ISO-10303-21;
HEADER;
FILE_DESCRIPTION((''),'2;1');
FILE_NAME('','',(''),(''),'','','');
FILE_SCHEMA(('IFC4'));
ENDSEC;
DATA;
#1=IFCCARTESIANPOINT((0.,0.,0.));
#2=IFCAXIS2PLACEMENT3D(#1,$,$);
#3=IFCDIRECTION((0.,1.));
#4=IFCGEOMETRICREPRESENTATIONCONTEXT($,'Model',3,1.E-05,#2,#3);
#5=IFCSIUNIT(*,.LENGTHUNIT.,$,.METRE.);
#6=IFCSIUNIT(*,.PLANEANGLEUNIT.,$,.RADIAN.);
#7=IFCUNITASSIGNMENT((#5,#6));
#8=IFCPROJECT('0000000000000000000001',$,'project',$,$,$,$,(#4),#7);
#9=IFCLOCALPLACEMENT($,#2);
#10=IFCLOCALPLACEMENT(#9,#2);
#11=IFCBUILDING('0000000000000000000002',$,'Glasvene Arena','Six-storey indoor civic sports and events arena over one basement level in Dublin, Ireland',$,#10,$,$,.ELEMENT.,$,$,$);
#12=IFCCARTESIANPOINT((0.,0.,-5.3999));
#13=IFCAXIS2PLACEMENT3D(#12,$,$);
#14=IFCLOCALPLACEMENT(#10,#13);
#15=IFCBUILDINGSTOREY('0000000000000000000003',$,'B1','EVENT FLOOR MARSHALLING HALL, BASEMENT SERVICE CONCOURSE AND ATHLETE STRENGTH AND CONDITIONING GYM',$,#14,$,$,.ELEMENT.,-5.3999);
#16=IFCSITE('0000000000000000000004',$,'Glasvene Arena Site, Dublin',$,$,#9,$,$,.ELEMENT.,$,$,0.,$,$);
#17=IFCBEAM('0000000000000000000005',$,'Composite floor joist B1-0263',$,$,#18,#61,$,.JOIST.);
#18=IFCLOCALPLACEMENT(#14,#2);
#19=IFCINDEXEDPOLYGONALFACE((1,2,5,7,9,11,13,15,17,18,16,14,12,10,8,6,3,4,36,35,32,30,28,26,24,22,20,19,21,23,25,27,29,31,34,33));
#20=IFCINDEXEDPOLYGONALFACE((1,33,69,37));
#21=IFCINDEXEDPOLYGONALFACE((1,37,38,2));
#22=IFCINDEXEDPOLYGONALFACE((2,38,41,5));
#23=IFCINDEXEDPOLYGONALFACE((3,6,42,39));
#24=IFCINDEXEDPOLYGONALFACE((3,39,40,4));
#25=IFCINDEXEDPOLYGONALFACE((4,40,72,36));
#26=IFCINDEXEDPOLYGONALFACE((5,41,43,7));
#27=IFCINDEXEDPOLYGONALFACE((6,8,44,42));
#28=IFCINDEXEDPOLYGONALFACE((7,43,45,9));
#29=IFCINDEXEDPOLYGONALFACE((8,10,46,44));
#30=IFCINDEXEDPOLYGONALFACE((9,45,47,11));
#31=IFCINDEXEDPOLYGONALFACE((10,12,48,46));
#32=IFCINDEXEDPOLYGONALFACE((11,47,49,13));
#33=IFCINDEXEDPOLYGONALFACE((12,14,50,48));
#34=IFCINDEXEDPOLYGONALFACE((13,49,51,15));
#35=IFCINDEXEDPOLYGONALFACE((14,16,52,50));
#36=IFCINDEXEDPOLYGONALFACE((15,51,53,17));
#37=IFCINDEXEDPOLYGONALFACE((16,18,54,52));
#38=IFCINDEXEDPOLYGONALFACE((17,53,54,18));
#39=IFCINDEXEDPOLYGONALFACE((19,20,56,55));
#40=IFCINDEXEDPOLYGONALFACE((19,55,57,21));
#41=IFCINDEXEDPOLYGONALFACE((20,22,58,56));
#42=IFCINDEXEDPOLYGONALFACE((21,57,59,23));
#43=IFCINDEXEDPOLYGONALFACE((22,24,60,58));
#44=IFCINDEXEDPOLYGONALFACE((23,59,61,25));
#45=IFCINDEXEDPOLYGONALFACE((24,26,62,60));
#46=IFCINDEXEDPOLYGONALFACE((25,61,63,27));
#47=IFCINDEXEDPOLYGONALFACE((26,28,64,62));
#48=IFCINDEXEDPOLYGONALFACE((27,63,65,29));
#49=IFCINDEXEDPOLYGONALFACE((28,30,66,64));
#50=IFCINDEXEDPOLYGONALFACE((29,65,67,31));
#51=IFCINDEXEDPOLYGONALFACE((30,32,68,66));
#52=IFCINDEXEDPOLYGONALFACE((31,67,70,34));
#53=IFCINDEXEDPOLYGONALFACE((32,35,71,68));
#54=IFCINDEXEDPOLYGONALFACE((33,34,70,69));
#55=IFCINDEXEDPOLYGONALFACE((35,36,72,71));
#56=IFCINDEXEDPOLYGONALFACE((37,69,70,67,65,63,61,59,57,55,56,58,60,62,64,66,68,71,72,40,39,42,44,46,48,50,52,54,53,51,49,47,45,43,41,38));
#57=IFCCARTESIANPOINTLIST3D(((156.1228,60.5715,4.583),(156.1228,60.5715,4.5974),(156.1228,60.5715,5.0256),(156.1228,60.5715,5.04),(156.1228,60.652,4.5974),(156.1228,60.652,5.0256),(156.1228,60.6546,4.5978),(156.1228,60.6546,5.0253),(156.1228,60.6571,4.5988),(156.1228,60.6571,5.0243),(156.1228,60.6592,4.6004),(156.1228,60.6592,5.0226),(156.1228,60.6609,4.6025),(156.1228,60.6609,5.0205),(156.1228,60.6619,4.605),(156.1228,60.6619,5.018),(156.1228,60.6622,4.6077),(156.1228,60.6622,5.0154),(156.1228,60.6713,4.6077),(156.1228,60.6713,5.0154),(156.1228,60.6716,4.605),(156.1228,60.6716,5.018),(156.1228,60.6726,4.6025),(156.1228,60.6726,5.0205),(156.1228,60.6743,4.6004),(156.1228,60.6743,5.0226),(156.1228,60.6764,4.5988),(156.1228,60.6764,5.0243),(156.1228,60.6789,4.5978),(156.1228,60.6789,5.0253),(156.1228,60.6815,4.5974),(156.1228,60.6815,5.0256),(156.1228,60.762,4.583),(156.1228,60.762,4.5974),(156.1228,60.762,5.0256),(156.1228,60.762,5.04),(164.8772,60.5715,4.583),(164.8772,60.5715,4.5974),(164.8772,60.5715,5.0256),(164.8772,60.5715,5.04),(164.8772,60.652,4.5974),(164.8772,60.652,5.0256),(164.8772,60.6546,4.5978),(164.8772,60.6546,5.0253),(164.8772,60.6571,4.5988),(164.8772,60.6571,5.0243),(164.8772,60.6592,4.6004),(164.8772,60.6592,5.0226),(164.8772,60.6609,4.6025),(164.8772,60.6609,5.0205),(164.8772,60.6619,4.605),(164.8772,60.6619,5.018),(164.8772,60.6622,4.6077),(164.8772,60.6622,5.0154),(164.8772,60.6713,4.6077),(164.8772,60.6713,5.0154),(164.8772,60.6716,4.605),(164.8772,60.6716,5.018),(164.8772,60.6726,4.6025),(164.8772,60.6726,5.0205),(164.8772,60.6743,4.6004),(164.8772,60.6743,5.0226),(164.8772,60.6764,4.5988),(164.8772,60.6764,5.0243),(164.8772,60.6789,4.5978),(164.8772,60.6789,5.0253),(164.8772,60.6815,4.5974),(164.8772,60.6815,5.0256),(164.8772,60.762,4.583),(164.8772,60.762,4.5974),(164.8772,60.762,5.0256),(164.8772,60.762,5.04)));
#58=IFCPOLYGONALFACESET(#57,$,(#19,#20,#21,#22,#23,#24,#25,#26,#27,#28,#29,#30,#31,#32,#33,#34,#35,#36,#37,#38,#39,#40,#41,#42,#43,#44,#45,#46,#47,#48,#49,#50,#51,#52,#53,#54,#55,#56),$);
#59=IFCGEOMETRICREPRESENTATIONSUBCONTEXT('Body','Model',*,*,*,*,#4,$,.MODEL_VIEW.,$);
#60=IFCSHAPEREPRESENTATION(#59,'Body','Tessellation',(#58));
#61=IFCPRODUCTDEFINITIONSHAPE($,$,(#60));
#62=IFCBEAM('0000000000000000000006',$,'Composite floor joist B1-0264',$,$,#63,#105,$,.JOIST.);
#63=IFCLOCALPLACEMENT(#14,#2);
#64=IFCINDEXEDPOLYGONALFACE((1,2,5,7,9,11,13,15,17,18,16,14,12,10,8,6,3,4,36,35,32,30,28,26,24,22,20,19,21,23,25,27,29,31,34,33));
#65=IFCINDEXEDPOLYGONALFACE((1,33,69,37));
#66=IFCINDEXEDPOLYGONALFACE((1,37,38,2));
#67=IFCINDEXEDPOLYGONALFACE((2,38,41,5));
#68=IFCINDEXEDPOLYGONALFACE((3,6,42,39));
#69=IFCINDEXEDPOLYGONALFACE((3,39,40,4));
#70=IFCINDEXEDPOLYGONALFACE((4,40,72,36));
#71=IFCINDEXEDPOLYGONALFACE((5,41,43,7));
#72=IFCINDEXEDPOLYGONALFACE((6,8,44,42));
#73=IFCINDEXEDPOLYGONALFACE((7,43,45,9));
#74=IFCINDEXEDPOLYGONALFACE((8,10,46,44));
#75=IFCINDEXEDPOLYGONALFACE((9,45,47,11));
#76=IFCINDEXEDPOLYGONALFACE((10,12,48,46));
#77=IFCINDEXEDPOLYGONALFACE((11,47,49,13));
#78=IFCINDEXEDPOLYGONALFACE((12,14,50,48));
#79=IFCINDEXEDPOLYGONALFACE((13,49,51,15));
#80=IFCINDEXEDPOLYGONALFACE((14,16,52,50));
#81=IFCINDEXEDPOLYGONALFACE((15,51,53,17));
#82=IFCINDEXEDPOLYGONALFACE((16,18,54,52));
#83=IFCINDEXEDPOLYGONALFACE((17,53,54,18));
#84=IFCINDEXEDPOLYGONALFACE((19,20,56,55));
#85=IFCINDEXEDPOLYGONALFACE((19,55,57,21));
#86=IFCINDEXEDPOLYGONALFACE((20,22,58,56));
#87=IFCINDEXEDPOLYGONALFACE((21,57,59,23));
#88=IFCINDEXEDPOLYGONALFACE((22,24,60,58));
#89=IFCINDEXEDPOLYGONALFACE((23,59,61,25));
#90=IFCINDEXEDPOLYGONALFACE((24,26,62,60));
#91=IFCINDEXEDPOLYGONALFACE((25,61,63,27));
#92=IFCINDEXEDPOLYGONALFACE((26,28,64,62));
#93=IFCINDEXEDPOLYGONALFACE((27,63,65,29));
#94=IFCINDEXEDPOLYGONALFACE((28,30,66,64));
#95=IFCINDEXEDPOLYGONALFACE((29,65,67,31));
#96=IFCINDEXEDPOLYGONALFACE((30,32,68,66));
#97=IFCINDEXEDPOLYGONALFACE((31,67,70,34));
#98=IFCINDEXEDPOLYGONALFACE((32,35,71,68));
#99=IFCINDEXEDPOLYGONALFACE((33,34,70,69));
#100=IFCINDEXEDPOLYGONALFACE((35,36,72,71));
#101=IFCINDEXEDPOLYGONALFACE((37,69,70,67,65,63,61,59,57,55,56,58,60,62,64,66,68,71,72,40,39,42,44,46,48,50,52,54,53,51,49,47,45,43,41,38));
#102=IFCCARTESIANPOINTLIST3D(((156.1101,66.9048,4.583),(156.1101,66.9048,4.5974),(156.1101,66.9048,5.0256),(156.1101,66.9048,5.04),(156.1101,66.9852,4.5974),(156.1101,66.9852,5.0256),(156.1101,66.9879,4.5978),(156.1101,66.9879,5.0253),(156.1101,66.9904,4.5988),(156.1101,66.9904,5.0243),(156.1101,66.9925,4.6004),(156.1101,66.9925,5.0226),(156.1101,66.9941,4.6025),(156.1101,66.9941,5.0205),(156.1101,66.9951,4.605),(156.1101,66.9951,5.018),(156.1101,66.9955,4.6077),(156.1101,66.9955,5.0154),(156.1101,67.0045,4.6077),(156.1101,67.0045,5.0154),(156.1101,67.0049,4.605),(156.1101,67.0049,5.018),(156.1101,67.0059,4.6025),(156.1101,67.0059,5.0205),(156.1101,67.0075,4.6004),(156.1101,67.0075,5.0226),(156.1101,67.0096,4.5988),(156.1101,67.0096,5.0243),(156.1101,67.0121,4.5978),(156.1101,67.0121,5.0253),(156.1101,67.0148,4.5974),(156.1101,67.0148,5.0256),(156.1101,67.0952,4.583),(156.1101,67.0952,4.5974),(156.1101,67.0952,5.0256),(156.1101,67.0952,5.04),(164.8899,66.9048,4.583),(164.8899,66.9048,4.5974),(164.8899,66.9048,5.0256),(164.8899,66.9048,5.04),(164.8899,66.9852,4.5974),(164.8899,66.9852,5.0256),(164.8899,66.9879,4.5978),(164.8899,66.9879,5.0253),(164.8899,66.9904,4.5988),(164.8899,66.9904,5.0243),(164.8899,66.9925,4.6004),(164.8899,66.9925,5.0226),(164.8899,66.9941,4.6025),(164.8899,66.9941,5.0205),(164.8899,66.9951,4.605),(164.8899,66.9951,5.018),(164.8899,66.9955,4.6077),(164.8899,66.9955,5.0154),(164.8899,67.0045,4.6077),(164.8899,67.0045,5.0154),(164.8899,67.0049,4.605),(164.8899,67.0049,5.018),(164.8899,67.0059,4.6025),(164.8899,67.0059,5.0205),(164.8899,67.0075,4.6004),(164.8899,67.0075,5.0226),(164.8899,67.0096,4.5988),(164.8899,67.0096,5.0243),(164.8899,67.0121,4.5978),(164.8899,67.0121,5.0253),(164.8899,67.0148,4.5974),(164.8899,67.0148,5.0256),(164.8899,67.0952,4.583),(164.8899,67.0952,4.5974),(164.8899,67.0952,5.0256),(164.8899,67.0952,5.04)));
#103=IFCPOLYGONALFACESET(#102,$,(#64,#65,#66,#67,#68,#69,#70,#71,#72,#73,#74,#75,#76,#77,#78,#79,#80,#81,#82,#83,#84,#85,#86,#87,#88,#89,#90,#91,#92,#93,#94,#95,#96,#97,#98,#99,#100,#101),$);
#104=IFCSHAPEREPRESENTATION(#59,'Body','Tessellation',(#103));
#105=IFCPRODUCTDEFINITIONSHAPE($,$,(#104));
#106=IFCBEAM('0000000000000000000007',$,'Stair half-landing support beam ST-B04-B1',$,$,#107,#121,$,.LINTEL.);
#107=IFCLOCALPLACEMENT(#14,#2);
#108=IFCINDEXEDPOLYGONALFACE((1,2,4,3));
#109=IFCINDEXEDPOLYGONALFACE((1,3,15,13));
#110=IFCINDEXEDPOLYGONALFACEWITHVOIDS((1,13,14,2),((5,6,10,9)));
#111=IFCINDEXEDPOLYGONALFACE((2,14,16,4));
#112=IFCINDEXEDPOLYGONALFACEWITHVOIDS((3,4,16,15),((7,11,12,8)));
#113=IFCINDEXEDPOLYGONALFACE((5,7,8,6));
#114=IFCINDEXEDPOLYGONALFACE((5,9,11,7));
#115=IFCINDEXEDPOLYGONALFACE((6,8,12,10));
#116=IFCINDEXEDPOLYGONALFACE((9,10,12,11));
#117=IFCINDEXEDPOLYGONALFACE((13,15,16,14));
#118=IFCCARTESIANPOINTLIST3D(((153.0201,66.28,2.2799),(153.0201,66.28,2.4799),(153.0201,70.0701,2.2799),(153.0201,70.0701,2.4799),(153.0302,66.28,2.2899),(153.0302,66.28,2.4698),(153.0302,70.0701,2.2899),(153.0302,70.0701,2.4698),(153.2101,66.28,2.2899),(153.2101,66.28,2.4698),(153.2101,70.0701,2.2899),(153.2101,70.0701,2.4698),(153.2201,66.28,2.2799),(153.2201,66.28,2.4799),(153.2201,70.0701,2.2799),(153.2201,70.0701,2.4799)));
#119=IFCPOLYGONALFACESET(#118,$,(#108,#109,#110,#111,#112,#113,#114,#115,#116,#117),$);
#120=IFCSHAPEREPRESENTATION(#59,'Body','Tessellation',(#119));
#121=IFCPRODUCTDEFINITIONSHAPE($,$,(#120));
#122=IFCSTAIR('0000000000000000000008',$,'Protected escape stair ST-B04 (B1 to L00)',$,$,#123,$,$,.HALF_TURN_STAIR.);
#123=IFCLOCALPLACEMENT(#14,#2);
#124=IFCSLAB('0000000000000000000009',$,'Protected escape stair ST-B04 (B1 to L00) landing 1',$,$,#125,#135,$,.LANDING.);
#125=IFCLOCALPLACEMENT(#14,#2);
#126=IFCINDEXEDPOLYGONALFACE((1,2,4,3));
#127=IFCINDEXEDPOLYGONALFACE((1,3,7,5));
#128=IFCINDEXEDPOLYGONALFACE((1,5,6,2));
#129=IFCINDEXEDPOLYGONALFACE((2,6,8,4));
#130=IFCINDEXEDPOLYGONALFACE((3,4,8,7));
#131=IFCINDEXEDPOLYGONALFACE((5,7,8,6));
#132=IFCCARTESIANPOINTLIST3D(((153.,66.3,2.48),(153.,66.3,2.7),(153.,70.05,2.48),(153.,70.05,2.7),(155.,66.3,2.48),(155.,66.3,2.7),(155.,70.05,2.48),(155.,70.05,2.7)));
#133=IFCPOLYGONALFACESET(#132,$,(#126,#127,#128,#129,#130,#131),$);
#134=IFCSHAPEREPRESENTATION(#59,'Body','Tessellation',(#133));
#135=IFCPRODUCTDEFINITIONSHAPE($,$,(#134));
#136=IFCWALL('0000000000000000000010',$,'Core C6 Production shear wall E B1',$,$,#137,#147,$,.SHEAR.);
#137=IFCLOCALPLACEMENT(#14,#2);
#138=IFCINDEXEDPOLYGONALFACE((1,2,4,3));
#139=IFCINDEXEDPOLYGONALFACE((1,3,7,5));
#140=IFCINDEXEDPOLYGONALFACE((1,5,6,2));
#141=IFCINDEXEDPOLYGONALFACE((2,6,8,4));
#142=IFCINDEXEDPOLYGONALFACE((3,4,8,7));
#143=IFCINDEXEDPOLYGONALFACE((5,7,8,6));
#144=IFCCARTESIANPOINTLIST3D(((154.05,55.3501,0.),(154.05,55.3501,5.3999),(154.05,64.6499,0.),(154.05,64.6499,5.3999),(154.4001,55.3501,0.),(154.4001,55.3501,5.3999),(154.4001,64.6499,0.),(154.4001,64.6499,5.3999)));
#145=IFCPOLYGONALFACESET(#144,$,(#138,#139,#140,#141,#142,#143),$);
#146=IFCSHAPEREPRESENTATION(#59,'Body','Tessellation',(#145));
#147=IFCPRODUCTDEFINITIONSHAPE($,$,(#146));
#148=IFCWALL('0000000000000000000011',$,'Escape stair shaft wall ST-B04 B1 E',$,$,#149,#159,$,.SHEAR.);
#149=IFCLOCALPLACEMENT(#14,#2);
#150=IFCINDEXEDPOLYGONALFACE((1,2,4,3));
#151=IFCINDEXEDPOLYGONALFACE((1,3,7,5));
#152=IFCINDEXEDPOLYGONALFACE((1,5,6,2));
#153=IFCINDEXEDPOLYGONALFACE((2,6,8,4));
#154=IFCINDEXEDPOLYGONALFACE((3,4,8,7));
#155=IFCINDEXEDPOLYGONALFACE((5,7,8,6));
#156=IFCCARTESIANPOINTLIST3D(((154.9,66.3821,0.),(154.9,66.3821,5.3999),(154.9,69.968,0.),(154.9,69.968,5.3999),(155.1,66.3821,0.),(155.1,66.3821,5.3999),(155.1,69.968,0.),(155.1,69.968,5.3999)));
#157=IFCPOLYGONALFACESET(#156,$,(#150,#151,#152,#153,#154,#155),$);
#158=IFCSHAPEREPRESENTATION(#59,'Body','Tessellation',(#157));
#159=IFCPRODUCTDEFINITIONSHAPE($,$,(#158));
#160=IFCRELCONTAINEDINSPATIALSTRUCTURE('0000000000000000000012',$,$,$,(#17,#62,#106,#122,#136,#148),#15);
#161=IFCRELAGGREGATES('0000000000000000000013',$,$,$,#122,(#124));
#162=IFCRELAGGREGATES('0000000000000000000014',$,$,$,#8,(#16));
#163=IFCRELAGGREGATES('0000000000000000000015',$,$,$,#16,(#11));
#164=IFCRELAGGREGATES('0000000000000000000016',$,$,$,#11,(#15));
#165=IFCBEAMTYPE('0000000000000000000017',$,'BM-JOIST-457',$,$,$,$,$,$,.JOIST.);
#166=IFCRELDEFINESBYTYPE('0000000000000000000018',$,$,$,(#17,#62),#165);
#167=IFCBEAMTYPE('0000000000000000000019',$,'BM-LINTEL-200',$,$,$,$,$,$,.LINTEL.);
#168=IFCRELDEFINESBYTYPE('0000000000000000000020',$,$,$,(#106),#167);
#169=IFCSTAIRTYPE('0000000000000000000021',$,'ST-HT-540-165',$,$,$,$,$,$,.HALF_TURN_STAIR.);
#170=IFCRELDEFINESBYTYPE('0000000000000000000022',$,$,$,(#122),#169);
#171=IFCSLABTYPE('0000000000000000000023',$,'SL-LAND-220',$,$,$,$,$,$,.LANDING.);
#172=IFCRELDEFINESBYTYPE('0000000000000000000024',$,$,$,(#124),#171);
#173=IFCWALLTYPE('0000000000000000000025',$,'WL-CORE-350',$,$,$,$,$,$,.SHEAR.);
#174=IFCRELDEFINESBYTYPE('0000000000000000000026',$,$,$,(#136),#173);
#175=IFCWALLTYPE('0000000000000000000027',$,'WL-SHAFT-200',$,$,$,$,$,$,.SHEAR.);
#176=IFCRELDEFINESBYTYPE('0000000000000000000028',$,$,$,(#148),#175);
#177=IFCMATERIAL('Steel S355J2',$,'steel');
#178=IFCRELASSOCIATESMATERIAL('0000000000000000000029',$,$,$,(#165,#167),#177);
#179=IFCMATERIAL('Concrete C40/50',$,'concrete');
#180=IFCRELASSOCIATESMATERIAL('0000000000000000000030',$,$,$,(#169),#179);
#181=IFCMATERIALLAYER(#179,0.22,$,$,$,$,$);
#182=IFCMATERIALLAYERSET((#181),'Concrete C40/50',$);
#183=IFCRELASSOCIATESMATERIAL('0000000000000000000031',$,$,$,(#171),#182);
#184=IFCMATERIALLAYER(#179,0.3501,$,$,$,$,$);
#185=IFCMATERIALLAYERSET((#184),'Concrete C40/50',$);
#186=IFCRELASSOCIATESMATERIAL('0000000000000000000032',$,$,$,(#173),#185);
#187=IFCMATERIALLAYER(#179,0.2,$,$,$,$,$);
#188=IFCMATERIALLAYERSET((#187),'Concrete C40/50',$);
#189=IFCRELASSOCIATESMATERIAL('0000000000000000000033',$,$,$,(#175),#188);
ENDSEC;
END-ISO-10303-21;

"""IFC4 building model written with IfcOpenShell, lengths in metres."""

from ifc_helpers import new_model, si_unit, direction, frame, frame_2d, origin, origin_2d, place, context, subcontext, project, spatial, polyline, rectangle, hollow_rectangle, i_section, outline, extrude, material, layer, layer_set, material_profile, profile_set, type_object, element, aggregate, save


model = new_model("IFC4")

# Units and contexts
model_context = context("Model", 3, precision=1e-05, world=origin(), true_north=direction((0.0, 1.0)))
body_context = subcontext(model_context, "Body", "Model", "MODEL_VIEW")
ifc_project = project(units=[si_unit("LENGTHUNIT", "METRE"), si_unit("PLANEANGLEUNIT", "RADIAN")], contexts=[model_context])

# Site, building, storey
site_placement = place(None, origin())
site = spatial("IfcSite", under=ifc_project, at=site_placement, Name="Glasvene Arena Site, Dublin", CompositionType="ELEMENT", RefElevation=0.0)
building_placement = place(site_placement, origin())
building = spatial("IfcBuilding", under=site, at=building_placement, Name="Glasvene Arena", Description="Six-storey indoor civic sports and events arena over one basement level in Dublin, Ireland", CompositionType="ELEMENT")
storey_placement = place(building_placement, frame((0.0, 0.0, -5.3999)))
storey = spatial("IfcBuildingStorey", under=building, at=storey_placement, Name="B1", Description="EVENT FLOOR MARSHALLING HALL, BASEMENT SERVICE CONCOURSE AND ATHLETE STRENGTH AND CONDITIONING GYM", CompositionType="ELEMENT", Elevation=-5.3999)

# Shared definitions
ifc_material_1 = material(Name="Concrete C40/50", Category="concrete")

# Shared definitions
ifc_material_2 = material(Name="Steel S355J2", Category="steel")

# Beams
ifc_material_profile_1 = material_profile(ifc_material_2, i_section(OverallWidth=0.1904, OverallDepth=0.457, WebThickness=0.009, FlangeThickness=0.0144, FilletRadius=0.0103, at=origin_2d()), Name="UKB 457x191x74")
ifc_profile_set_1 = profile_set([ifc_material_profile_1], Name="Steel S355J2")
beam_type_1 = type_object("IfcBeamType", Name="BM-JOIST-457", PredefinedType="JOIST", material=ifc_profile_set_1)
for number, where, z_axis, x_axis, name in (
    (1, (156.1228, 60.6667, 4.8115), (1.0, 0.0, 0.0), (0.0, 1.0, 0.0), "Composite floor joist B1-0263"),
):
    element("IfcBeam", number, at=place(storey_placement, frame(where, z_axis=z_axis, x_axis=x_axis)), inside=storey, type_object=beam_type_1, Name=name, PredefinedType="JOIST", context=body_context, shape_type="SweptSolid", body=[
        extrude(i_section(OverallWidth=0.1904, OverallDepth=0.457, WebThickness=0.009, FlangeThickness=0.0144, FilletRadius=0.0103, at=origin_2d()), origin(), (0.0, 0.0, 1.0), 8.7544),
    ])
beam_1_placement = place(storey_placement, frame((156.1101, 67.0, 4.8115), z_axis=(1.0, 0.0, 0.0), x_axis=(0.0, 1.0, 0.0)))
element("IfcBeam", 2, at=beam_1_placement, inside=storey, type_object=beam_type_1, Name="Composite floor joist B1-0264", PredefinedType="JOIST", context=body_context, shape_type="SweptSolid", body=[
    extrude(i_section(OverallWidth=0.1904, OverallDepth=0.457, WebThickness=0.009, FlangeThickness=0.0144, FilletRadius=0.0103, at=origin_2d()), origin(), (0.0, 0.0, 1.0), 8.7798),
])
ifc_material_profile_2 = material_profile(ifc_material_2, hollow_rectangle(XDim=0.2, YDim=0.2, WallThickness=0.01, at=origin_2d()), Name="SHS 200x200x10.0")
ifc_profile_set_2 = profile_set([ifc_material_profile_2], Name="Steel S355J2")
beam_type_2 = type_object("IfcBeamType", Name="BM-LINTEL-200", PredefinedType="LINTEL", material=ifc_profile_set_2)
beam_2_placement = place(storey_placement, frame((153.1201, 66.28, 2.3799), z_axis=(0.0, 1.0, 0.0), x_axis=(-1.0, 0.0, 0.0)))
element("IfcBeam", 3, at=beam_2_placement, inside=storey, type_object=beam_type_2, Name="Stair half-landing support beam ST-B04-B1", PredefinedType="LINTEL", context=body_context, shape_type="SweptSolid", body=[
    extrude(hollow_rectangle(XDim=0.2, YDim=0.2, WallThickness=0.01, at=origin_2d()), origin(), (0.0, 0.0, 1.0), 3.79),
])

# Stair, slab
stair_type = type_object("IfcStairType", Name="ST-HT-540-165", PredefinedType="HALF_TURN_STAIR", material=ifc_material_1)
stair_placement = place(storey_placement, origin())
stair = element("IfcStair", 4, at=stair_placement, inside=storey, type_object=stair_type, Name="Protected escape stair ST-B04 (B1 to L00)", PredefinedType="HALF_TURN_STAIR")
ifc_layer_1 = layer(ifc_material_1, 0.22)
ifc_layer_set_1 = layer_set([ifc_layer_1], Name="Concrete C40/50")
slab_type = type_object("IfcSlabType", Name="SL-LAND-220", PredefinedType="LANDING", material=ifc_layer_set_1)
slab_placement = place(storey_placement, frame((154.0, 68.175, 2.48)))
slab = element("IfcSlab", 5, at=slab_placement, type_object=slab_type, Name="Protected escape stair ST-B04 (B1 to L00) landing 1", PredefinedType="LANDING", context=body_context, shape_type="SweptSolid", body=[
    extrude(outline(polyline([(-1.0, -1.875), (1.0, -1.875), (1.0, 1.875), (-1.0, 1.875), (-1.0, -1.875)])), origin(), (0.0, 0.0, 1.0), 0.22),
])
aggregate(stair, [slab])

# Walls
ifc_layer_2 = layer(ifc_material_1, 0.3501)
ifc_layer_set_2 = layer_set([ifc_layer_2], Name="Concrete C40/50")
wall_type_1 = type_object("IfcWallType", Name="WL-CORE-350", PredefinedType="SHEAR", material=ifc_layer_set_2)
wall_1_placement = place(storey_placement, frame((154.2251, 55.3501, 0.0), z_axis=(0.0, 0.0, 1.0), x_axis=(0.0, 1.0, 0.0)))
element("IfcWall", 6, at=wall_1_placement, inside=storey, type_object=wall_type_1, Name="Core C6 Production shear wall E B1", PredefinedType="SHEAR", context=body_context, shape_type="SweptSolid", body=[
    extrude(rectangle(XDim=9.2998, YDim=0.3501, at=frame_2d((4.6499, 0.0))), origin(), (0.0, 0.0, 1.0), 5.3999),
])
ifc_layer_3 = layer(ifc_material_1, 0.2)
ifc_layer_set_3 = layer_set([ifc_layer_3], Name="Concrete C40/50")
wall_type_2 = type_object("IfcWallType", Name="WL-SHAFT-200", PredefinedType="SHEAR", material=ifc_layer_set_3)
wall_2_placement = place(storey_placement, frame((155.0, 66.3821, 0.0), z_axis=(0.0, 0.0, 1.0), x_axis=(0.0, 1.0, 0.0)))
element("IfcWall", 7, at=wall_2_placement, inside=storey, type_object=wall_type_2, Name="Escape stair shaft wall ST-B04 B1 E", PredefinedType="SHEAR", context=body_context, shape_type="SweptSolid", body=[
    extrude(rectangle(XDim=3.5859, YDim=0.2, at=frame_2d((1.793, 0.0))), origin(), (0.0, 0.0, 1.0), 5.3999),
])

save(model, "model.ifc")
